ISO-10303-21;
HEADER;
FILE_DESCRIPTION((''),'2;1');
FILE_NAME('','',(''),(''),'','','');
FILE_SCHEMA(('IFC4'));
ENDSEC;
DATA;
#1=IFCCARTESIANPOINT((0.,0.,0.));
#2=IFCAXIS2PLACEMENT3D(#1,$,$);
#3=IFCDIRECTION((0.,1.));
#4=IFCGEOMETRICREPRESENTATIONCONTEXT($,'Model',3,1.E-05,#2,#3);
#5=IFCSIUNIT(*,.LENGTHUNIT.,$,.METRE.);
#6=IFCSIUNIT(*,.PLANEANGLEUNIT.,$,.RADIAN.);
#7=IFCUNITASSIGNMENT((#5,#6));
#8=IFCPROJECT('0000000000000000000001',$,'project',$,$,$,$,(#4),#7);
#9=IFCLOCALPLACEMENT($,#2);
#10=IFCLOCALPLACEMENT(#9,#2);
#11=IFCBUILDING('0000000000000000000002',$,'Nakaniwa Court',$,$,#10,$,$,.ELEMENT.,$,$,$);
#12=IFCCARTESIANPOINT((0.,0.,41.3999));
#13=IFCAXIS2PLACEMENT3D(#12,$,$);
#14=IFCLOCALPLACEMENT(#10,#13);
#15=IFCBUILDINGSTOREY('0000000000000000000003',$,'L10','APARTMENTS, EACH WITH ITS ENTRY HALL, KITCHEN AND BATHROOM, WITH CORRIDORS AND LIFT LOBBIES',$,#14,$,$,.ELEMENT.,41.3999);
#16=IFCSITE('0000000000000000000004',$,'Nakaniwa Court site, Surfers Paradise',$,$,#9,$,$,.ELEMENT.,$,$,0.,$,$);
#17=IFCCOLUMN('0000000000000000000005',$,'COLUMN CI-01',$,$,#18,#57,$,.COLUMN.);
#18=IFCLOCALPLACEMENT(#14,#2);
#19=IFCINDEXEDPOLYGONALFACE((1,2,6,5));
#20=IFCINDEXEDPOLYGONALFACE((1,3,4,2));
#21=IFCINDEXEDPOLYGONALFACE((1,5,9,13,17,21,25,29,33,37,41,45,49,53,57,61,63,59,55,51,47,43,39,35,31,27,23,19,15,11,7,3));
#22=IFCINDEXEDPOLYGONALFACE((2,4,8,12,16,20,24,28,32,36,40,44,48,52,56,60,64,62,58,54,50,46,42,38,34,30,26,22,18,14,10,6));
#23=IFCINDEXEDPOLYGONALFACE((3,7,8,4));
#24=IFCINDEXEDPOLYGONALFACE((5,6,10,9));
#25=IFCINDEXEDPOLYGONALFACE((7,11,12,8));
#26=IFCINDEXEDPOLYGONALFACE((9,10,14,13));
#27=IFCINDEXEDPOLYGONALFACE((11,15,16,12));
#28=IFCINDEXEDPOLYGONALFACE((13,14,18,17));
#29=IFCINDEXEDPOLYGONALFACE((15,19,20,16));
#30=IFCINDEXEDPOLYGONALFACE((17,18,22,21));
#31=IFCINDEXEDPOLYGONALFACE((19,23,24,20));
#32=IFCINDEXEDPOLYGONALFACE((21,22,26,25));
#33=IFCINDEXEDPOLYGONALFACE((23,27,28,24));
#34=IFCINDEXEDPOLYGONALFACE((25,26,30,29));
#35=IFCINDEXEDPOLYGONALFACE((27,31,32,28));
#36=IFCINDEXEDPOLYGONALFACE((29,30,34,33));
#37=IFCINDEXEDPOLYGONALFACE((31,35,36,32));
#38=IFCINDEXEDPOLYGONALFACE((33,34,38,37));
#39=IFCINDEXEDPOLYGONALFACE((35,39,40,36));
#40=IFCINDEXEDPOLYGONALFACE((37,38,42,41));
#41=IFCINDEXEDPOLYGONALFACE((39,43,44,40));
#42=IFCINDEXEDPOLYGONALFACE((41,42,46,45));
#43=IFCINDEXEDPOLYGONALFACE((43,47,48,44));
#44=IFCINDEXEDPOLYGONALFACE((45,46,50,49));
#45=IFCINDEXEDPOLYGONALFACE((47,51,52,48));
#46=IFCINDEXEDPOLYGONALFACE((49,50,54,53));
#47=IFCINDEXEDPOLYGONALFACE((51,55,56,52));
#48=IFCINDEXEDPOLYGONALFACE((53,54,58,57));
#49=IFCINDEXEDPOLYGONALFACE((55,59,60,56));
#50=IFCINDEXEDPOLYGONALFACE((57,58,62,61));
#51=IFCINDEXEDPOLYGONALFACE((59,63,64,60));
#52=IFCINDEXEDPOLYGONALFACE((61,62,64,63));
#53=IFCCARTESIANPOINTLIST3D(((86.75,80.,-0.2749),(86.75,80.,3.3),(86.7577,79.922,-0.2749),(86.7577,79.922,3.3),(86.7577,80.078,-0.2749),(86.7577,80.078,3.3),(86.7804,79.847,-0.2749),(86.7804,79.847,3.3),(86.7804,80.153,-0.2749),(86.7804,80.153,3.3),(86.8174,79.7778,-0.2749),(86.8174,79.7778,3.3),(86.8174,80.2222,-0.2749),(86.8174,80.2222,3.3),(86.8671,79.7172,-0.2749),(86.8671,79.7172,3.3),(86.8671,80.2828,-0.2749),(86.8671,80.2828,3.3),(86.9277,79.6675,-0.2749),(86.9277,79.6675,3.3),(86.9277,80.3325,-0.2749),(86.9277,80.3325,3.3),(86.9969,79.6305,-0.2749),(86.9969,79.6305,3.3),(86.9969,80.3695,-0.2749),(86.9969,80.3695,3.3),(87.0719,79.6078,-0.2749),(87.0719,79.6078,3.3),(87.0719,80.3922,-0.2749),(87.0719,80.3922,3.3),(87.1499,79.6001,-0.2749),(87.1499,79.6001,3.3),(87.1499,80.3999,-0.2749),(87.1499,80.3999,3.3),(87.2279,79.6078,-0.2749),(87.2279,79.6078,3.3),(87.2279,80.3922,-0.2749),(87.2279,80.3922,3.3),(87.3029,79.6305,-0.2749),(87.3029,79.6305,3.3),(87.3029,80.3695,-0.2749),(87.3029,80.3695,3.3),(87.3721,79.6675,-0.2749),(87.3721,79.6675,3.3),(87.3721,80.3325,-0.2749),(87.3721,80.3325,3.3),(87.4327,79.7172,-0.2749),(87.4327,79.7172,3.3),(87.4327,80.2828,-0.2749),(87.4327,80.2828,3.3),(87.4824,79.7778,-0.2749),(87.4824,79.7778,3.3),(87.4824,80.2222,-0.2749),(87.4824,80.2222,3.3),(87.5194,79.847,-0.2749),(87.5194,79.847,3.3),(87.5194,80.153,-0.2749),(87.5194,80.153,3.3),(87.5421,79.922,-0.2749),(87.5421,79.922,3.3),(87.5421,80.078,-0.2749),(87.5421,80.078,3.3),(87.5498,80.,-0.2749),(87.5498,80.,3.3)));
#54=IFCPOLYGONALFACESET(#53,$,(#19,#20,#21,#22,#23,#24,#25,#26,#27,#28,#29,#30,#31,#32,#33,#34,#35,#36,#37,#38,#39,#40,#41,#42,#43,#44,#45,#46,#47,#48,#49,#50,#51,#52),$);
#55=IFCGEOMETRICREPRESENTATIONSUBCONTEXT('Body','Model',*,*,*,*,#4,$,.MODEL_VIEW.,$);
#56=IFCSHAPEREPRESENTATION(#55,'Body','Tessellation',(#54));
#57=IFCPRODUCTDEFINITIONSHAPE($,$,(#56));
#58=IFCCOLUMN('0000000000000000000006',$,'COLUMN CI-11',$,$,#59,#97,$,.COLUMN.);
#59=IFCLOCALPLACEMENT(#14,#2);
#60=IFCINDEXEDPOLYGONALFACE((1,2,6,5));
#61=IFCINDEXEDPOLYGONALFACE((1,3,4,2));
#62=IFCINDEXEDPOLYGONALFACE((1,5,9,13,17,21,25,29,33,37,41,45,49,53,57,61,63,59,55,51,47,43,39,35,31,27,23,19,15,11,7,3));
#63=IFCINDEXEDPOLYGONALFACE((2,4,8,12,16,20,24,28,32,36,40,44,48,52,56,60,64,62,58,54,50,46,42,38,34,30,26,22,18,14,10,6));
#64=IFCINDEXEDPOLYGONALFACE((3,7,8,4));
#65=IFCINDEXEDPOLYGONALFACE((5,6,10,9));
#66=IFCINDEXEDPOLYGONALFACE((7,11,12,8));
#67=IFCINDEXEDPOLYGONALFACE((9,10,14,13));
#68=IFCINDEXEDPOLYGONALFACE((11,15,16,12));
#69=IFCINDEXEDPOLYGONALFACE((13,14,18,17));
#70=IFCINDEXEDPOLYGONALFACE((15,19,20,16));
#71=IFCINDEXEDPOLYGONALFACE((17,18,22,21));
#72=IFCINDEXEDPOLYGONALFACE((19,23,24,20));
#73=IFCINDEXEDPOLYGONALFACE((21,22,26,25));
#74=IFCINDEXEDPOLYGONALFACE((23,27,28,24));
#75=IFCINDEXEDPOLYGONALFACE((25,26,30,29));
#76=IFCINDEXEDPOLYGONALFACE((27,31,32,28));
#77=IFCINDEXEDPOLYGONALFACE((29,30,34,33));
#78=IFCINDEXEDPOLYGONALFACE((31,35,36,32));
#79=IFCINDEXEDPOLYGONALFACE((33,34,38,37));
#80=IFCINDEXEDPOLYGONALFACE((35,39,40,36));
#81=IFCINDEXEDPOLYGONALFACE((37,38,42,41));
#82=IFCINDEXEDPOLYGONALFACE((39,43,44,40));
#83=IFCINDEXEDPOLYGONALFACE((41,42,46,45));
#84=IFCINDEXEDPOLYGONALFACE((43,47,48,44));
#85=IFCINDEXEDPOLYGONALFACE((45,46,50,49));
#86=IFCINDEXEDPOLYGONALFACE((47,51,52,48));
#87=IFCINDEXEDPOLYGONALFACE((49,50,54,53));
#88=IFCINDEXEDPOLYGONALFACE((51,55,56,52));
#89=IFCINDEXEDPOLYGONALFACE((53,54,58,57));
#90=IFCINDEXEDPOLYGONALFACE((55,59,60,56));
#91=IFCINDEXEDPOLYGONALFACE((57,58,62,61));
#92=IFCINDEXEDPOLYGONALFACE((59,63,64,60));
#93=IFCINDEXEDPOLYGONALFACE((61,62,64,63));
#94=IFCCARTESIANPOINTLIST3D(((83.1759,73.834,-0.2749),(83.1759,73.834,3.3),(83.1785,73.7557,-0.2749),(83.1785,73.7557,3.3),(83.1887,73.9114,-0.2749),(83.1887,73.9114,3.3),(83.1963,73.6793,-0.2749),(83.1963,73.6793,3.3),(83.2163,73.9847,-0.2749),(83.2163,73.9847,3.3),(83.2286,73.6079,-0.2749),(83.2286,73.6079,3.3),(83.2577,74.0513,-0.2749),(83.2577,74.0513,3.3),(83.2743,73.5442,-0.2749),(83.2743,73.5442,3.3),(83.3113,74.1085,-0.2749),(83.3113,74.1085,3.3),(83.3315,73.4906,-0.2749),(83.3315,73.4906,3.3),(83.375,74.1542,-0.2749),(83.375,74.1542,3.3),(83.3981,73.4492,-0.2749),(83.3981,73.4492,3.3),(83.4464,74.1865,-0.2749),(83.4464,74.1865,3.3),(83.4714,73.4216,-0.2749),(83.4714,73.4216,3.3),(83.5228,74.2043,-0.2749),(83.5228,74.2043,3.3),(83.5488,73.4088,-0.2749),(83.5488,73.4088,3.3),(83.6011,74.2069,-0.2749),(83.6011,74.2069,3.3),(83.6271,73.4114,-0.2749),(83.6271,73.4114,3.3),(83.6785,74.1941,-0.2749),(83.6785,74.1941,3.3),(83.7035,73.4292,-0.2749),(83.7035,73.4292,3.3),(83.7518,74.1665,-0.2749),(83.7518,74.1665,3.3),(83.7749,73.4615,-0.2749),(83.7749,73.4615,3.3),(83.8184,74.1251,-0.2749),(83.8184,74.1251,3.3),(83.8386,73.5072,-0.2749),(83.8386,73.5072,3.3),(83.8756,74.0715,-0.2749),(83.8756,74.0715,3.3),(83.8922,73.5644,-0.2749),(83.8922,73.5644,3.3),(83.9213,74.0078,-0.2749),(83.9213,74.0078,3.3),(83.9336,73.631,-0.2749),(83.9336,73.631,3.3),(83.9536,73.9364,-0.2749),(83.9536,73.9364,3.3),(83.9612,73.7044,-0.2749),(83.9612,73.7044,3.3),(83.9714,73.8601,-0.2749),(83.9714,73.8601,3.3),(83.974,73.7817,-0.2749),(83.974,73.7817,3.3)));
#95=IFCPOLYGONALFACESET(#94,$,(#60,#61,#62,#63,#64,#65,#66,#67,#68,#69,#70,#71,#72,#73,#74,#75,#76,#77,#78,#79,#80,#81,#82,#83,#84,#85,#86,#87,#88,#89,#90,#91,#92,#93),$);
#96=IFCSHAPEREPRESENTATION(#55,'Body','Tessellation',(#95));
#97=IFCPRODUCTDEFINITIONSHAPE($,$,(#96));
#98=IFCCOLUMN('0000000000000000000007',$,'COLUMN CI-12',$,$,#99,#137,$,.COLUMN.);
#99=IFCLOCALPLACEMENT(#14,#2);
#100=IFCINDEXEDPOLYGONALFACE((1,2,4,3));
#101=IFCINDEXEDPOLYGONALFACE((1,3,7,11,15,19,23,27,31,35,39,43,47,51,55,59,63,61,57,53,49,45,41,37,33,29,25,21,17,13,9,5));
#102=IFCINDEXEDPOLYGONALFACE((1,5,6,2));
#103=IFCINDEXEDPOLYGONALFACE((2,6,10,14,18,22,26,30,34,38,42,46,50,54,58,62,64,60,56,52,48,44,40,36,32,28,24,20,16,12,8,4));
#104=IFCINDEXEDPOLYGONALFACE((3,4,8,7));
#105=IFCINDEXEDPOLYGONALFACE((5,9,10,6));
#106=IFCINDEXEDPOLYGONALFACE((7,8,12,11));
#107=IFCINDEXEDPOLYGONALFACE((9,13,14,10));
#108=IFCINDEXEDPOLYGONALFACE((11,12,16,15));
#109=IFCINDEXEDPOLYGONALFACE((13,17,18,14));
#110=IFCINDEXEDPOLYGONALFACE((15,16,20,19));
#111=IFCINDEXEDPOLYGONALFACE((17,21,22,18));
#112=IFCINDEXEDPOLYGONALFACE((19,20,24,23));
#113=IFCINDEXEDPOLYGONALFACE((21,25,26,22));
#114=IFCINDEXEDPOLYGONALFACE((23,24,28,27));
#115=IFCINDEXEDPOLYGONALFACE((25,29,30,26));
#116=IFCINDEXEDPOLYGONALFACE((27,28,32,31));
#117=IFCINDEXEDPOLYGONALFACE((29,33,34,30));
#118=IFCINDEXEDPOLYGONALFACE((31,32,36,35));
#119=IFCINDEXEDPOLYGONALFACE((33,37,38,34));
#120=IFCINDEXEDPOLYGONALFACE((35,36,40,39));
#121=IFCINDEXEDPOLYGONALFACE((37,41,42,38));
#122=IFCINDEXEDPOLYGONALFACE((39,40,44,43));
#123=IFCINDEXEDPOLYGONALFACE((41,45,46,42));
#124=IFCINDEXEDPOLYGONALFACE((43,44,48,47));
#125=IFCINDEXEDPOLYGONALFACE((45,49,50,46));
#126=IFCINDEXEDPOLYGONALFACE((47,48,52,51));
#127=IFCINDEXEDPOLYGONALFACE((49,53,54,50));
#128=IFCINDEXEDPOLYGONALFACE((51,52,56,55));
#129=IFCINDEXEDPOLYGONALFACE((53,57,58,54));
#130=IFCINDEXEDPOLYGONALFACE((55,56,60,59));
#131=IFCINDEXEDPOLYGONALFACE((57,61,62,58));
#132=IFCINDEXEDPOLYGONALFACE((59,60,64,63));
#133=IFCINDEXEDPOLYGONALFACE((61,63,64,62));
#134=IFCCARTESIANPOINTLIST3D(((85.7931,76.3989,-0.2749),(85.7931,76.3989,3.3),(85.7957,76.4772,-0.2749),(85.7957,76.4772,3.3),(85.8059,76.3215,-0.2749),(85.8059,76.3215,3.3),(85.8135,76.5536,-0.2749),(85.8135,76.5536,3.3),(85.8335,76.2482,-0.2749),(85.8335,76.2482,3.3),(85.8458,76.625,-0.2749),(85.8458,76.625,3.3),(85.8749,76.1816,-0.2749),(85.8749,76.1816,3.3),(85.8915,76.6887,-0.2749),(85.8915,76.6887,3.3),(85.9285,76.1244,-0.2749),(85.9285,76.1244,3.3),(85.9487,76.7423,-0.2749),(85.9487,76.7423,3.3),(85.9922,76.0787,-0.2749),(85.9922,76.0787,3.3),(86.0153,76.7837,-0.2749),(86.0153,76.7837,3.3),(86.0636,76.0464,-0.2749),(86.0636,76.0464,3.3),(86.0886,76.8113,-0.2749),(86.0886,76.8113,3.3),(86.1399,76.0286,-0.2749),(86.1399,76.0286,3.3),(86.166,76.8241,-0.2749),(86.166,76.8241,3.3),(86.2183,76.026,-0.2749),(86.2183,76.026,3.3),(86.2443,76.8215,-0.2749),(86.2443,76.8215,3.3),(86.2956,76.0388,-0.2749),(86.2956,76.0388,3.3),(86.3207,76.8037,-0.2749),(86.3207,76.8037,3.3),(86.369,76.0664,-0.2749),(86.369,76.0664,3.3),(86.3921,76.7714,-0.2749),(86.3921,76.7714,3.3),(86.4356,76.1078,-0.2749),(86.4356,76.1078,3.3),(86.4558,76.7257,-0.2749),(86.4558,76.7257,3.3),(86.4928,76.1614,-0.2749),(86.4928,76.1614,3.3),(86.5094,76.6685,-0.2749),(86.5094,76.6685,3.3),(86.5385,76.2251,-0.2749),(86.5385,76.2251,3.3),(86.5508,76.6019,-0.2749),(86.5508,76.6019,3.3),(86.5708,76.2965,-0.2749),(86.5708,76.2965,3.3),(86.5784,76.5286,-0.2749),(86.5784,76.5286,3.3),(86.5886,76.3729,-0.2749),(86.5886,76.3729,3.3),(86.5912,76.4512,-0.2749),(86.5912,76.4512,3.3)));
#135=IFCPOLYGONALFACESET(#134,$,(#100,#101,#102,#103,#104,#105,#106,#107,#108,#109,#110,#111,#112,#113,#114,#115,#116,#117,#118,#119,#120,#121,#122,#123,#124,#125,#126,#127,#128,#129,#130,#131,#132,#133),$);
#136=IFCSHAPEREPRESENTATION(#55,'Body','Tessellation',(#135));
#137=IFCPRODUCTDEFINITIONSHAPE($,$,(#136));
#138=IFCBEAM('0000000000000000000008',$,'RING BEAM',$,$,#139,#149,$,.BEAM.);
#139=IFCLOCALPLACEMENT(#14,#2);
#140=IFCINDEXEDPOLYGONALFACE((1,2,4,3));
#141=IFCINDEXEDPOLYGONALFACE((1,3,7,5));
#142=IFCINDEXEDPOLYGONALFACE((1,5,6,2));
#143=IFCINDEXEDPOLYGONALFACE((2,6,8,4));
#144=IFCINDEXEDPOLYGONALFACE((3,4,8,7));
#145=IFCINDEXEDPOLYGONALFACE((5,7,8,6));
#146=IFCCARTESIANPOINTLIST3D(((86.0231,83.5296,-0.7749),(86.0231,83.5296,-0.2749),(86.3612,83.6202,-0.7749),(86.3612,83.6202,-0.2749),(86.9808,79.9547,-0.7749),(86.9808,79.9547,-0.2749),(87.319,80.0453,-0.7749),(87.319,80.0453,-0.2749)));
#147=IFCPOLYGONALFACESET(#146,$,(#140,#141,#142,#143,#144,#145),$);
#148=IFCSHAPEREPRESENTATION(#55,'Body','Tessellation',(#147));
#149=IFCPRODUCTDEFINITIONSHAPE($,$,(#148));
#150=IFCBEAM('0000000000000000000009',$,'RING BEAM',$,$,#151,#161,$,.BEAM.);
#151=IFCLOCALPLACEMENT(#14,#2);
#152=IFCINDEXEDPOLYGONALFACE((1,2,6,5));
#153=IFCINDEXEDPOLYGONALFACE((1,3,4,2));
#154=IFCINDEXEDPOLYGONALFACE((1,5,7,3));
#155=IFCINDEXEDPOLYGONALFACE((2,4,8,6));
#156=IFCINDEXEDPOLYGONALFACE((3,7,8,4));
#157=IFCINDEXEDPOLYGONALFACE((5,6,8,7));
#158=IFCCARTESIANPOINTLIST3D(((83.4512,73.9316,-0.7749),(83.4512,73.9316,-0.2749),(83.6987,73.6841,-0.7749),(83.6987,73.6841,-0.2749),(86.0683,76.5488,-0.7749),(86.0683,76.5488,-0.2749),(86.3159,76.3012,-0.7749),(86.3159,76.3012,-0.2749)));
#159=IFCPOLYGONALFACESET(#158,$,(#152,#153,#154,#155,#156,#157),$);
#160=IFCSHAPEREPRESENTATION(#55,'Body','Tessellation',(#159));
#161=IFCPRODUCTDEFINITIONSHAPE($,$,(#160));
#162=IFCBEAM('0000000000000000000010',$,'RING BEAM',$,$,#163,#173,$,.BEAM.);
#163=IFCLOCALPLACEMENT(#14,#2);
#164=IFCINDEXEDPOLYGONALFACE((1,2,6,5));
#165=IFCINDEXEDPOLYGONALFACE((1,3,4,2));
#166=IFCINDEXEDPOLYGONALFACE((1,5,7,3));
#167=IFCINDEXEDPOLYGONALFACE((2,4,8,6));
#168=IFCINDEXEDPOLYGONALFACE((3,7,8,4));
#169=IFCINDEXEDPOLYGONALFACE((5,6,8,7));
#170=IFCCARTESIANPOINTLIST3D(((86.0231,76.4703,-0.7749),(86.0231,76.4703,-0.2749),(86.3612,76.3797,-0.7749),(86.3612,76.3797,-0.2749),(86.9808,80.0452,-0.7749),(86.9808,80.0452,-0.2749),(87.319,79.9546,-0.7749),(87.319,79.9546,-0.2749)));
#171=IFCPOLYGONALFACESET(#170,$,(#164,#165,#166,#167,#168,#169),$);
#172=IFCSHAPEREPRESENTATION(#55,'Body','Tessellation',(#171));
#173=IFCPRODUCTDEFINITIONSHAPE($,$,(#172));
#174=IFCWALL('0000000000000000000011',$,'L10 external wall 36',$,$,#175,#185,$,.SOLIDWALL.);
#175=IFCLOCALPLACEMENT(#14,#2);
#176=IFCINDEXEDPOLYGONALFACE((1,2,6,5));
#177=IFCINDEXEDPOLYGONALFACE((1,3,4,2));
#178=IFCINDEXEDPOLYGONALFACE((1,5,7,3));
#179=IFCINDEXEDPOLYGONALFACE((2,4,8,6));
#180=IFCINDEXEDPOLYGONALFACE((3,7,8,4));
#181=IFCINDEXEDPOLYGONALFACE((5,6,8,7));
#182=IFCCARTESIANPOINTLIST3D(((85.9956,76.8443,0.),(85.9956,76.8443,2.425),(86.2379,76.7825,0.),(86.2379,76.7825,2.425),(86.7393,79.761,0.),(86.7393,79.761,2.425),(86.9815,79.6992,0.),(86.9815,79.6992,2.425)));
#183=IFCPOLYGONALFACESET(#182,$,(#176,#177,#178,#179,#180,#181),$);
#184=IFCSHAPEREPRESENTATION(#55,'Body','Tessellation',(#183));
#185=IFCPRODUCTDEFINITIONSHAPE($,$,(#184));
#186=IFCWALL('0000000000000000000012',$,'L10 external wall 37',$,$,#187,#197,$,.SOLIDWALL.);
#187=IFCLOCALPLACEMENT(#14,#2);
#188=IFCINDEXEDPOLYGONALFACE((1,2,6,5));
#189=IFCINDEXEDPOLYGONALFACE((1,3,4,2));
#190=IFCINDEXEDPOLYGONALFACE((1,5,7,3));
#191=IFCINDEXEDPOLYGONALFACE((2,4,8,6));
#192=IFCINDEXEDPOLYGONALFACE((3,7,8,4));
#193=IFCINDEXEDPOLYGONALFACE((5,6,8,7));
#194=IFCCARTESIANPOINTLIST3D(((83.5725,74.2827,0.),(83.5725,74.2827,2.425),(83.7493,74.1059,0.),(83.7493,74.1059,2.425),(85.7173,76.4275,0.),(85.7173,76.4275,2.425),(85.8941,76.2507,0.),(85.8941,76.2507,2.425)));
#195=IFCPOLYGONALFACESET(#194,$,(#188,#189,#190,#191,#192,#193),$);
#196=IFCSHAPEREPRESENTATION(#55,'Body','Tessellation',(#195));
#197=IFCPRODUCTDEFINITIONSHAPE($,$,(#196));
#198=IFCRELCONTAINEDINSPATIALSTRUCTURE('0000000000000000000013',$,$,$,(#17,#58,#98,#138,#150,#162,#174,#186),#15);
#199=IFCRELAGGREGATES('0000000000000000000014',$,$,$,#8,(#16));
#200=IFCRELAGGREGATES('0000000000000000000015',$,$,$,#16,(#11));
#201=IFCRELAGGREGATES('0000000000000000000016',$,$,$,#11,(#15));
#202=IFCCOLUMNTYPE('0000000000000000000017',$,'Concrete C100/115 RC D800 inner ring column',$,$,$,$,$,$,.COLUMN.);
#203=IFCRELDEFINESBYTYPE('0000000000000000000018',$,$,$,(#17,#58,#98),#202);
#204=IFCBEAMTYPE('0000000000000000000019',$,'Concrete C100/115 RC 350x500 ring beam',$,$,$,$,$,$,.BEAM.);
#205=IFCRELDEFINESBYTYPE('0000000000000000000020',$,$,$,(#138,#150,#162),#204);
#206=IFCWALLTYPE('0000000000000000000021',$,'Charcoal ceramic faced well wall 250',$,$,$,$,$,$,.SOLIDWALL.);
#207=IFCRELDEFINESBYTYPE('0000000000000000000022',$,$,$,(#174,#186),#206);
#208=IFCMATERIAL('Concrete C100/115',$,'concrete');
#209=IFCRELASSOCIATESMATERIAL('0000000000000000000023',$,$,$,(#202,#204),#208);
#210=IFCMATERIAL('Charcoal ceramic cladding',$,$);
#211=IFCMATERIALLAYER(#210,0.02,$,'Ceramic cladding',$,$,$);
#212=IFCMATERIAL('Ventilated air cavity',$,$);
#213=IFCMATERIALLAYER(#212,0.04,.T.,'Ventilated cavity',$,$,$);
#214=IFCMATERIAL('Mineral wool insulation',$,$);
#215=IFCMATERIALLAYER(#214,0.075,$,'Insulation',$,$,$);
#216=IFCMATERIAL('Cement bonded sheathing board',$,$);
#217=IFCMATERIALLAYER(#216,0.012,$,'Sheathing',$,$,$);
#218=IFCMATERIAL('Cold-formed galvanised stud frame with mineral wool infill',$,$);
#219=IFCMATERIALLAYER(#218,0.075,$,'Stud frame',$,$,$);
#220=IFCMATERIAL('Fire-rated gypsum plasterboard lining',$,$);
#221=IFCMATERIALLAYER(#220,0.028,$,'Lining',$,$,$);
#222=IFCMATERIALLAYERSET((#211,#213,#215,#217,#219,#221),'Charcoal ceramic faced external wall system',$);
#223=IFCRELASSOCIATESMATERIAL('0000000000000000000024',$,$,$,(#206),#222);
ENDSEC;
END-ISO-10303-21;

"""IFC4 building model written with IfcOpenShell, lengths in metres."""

from ifc_helpers import new_model, si_unit, direction, frame, frame_2d, origin, origin_2d, place, context, subcontext, project, spatial, rectangle, circle, extrude, material, layer, layer_set, material_profile, profile_set, type_object, element, save


model = new_model("IFC4")

# Units and contexts
model_context = context("Model", 3, precision=1e-05, world=origin(), true_north=direction((0.0, 1.0)))
body_context = subcontext(model_context, "Body", "Model", "MODEL_VIEW")
ifc_project = project(units=[si_unit("LENGTHUNIT", "METRE"), si_unit("PLANEANGLEUNIT", "RADIAN")], contexts=[model_context])

# Site, building, storey
site_placement = place(None, origin())
site = spatial("IfcSite", under=ifc_project, at=site_placement, Name="Nakaniwa Court site, Surfers Paradise", CompositionType="ELEMENT", RefElevation=0.0)
building_placement = place(site_placement, origin())
building = spatial("IfcBuilding", under=site, at=building_placement, Name="Nakaniwa Court", CompositionType="ELEMENT")
storey_placement = place(building_placement, frame((0.0, 0.0, 41.3999)))
storey = spatial("IfcBuildingStorey", under=building, at=storey_placement, Name="L10", Description="APARTMENTS, EACH WITH ITS ENTRY HALL, KITCHEN AND BATHROOM, WITH CORRIDORS AND LIFT LOBBIES", CompositionType="ELEMENT", Elevation=41.3999)

# Columns
ifc_material_1 = material(Name="Concrete C100/115", Category="concrete")
ifc_material_profile_1 = material_profile(ifc_material_1, circle(Radius=0.3999, at=origin_2d()), Name="Concrete C100/115 RC D800 inner ring column")
ifc_profile_set_1 = profile_set([ifc_material_profile_1], Name="Concrete C100/115")
column_type = type_object("IfcColumnType", Name="Concrete C100/115 RC D800 inner ring column", PredefinedType="COLUMN", material=ifc_profile_set_1)
for number, where, z_axis, x_axis, name in (
    (1, (87.1499, 80.0, -0.2749), (0.0, 0.0, 1.0), (0.0, 1.0, 0.0), "COLUMN CI-01"),
    (2, (83.575, 73.8079, -0.2749), (0.0, 0.0, 1.0), (0.866025, 0.5, 0.0), "COLUMN CI-11"),
    (3, (86.1921, 76.425, -0.2749), (0.0, 0.0, 1.0), (0.5, 0.866025, 0.0), "COLUMN CI-12"),
):
    element("IfcColumn", number, at=place(storey_placement, frame(where, z_axis=z_axis, x_axis=x_axis)), inside=storey, type_object=column_type, Name=name, PredefinedType="COLUMN", context=body_context, shape_type="SweptSolid", body=[
        extrude(circle(Radius=0.3999, at=origin_2d()), origin(), (0.0, 0.0, 1.0), 3.575),
    ])

# Beams
ifc_material_profile_2 = material_profile(ifc_material_1, rectangle(XDim=0.3501, YDim=0.5, at=origin_2d()), Name="Concrete C100/115 RC 350x500 ring beam")
ifc_profile_set_2 = profile_set([ifc_material_profile_2], Name="Concrete C100/115")
beam_type = type_object("IfcBeamType", Name="Concrete C100/115 RC 350x500 ring beam", PredefinedType="BEAM", material=ifc_profile_set_2)
beam_1_placement = place(storey_placement, frame((87.1499, 80.0, -0.5249), z_axis=(-0.258783, 0.965935, 0.0), x_axis=(-0.965935, -0.258783, 0.0)))
element("IfcBeam", 4, at=beam_1_placement, inside=storey, type_object=beam_type, Name="RING BEAM", PredefinedType="BEAM", context=body_context, shape_type="SweptSolid", body=[
    extrude(rectangle(XDim=0.3501, YDim=0.5, at=origin_2d()), origin(), (0.0, 0.0, 1.0), 3.7009),
])
beam_2_placement = place(storey_placement, frame((83.575, 73.8079, -0.5249), z_axis=(0.707107, 0.707107, 0.0), x_axis=(-0.707107, 0.707107, 0.0)))
element("IfcBeam", 5, at=beam_2_placement, inside=storey, type_object=beam_type, Name="RING BEAM", PredefinedType="BEAM", context=body_context, shape_type="SweptSolid", body=[
    extrude(rectangle(XDim=0.3501, YDim=0.5, at=origin_2d()), origin(), (0.0, 0.0, 1.0), 3.7012),
])
beam_3_placement = place(storey_placement, frame((86.1921, 76.425, -0.5249), z_axis=(0.258783, 0.965935, 0.0), x_axis=(-0.965935, 0.258783, 0.0)))
element("IfcBeam", 6, at=beam_3_placement, inside=storey, type_object=beam_type, Name="RING BEAM", PredefinedType="BEAM", context=body_context, shape_type="SweptSolid", body=[
    extrude(rectangle(XDim=0.3501, YDim=0.5, at=origin_2d()), origin(), (0.0, 0.0, 1.0), 3.7009),
])

# Walls
ifc_material_2 = material(Name="Charcoal ceramic cladding")
ifc_layer_1 = layer(ifc_material_2, 0.02, Name="Ceramic cladding")
ifc_material_3 = material(Name="Ventilated air cavity")
ifc_layer_2 = layer(ifc_material_3, 0.04, ventilated=True, Name="Ventilated cavity")
ifc_material_4 = material(Name="Mineral wool insulation")
ifc_layer_3 = layer(ifc_material_4, 0.075, Name="Insulation")
ifc_material_5 = material(Name="Cement bonded sheathing board")
ifc_layer_4 = layer(ifc_material_5, 0.012, Name="Sheathing")
ifc_material_6 = material(Name="Cold-formed galvanised stud frame with mineral wool infill")
ifc_layer_5 = layer(ifc_material_6, 0.075, Name="Stud frame")
ifc_material_7 = material(Name="Fire-rated gypsum plasterboard lining")
ifc_layer_6 = layer(ifc_material_7, 0.028, Name="Lining")
ifc_layer_set_1 = layer_set([ifc_layer_1, ifc_layer_2, ifc_layer_3, ifc_layer_4, ifc_layer_5, ifc_layer_6], Name="Charcoal ceramic faced external wall system")
wall_type_1 = type_object("IfcWallType", Name="Charcoal ceramic faced well wall 250", PredefinedType="SOLIDWALL", material=ifc_layer_set_1)
wall_1_placement = place(storey_placement, frame((86.8604, 79.73, 0.0), z_axis=(0.0, 0.0, 1.0), x_axis=(-0.247056, -0.969001, 0.0)))
element("IfcWall", 7, at=wall_1_placement, inside=storey, type_object=wall_type_1, Name="L10 external wall 36", PredefinedType="SOLIDWALL", context=body_context, shape_type="SweptSolid", body=[
    extrude(rectangle(XDim=3.01, YDim=0.25, at=frame_2d((1.5049, 0.0))), origin(), (0.0, 0.0, 1.0), 2.425),
])
wall_2_placement = place(storey_placement, frame((85.8057, 76.3391, 0.0), z_axis=(0.0, 0.0, 1.0), x_axis=(-0.707107, -0.707107, 0.0)))
element("IfcWall", 8, at=wall_2_placement, inside=storey, type_object=wall_type_1, Name="L10 external wall 37", PredefinedType="SOLIDWALL", context=body_context, shape_type="SweptSolid", body=[
    extrude(rectangle(XDim=3.0332, YDim=0.25, at=frame_2d((1.5166, 0.0))), origin(), (0.0, 0.0, 1.0), 2.425),
])

save(model, "model.ifc")
